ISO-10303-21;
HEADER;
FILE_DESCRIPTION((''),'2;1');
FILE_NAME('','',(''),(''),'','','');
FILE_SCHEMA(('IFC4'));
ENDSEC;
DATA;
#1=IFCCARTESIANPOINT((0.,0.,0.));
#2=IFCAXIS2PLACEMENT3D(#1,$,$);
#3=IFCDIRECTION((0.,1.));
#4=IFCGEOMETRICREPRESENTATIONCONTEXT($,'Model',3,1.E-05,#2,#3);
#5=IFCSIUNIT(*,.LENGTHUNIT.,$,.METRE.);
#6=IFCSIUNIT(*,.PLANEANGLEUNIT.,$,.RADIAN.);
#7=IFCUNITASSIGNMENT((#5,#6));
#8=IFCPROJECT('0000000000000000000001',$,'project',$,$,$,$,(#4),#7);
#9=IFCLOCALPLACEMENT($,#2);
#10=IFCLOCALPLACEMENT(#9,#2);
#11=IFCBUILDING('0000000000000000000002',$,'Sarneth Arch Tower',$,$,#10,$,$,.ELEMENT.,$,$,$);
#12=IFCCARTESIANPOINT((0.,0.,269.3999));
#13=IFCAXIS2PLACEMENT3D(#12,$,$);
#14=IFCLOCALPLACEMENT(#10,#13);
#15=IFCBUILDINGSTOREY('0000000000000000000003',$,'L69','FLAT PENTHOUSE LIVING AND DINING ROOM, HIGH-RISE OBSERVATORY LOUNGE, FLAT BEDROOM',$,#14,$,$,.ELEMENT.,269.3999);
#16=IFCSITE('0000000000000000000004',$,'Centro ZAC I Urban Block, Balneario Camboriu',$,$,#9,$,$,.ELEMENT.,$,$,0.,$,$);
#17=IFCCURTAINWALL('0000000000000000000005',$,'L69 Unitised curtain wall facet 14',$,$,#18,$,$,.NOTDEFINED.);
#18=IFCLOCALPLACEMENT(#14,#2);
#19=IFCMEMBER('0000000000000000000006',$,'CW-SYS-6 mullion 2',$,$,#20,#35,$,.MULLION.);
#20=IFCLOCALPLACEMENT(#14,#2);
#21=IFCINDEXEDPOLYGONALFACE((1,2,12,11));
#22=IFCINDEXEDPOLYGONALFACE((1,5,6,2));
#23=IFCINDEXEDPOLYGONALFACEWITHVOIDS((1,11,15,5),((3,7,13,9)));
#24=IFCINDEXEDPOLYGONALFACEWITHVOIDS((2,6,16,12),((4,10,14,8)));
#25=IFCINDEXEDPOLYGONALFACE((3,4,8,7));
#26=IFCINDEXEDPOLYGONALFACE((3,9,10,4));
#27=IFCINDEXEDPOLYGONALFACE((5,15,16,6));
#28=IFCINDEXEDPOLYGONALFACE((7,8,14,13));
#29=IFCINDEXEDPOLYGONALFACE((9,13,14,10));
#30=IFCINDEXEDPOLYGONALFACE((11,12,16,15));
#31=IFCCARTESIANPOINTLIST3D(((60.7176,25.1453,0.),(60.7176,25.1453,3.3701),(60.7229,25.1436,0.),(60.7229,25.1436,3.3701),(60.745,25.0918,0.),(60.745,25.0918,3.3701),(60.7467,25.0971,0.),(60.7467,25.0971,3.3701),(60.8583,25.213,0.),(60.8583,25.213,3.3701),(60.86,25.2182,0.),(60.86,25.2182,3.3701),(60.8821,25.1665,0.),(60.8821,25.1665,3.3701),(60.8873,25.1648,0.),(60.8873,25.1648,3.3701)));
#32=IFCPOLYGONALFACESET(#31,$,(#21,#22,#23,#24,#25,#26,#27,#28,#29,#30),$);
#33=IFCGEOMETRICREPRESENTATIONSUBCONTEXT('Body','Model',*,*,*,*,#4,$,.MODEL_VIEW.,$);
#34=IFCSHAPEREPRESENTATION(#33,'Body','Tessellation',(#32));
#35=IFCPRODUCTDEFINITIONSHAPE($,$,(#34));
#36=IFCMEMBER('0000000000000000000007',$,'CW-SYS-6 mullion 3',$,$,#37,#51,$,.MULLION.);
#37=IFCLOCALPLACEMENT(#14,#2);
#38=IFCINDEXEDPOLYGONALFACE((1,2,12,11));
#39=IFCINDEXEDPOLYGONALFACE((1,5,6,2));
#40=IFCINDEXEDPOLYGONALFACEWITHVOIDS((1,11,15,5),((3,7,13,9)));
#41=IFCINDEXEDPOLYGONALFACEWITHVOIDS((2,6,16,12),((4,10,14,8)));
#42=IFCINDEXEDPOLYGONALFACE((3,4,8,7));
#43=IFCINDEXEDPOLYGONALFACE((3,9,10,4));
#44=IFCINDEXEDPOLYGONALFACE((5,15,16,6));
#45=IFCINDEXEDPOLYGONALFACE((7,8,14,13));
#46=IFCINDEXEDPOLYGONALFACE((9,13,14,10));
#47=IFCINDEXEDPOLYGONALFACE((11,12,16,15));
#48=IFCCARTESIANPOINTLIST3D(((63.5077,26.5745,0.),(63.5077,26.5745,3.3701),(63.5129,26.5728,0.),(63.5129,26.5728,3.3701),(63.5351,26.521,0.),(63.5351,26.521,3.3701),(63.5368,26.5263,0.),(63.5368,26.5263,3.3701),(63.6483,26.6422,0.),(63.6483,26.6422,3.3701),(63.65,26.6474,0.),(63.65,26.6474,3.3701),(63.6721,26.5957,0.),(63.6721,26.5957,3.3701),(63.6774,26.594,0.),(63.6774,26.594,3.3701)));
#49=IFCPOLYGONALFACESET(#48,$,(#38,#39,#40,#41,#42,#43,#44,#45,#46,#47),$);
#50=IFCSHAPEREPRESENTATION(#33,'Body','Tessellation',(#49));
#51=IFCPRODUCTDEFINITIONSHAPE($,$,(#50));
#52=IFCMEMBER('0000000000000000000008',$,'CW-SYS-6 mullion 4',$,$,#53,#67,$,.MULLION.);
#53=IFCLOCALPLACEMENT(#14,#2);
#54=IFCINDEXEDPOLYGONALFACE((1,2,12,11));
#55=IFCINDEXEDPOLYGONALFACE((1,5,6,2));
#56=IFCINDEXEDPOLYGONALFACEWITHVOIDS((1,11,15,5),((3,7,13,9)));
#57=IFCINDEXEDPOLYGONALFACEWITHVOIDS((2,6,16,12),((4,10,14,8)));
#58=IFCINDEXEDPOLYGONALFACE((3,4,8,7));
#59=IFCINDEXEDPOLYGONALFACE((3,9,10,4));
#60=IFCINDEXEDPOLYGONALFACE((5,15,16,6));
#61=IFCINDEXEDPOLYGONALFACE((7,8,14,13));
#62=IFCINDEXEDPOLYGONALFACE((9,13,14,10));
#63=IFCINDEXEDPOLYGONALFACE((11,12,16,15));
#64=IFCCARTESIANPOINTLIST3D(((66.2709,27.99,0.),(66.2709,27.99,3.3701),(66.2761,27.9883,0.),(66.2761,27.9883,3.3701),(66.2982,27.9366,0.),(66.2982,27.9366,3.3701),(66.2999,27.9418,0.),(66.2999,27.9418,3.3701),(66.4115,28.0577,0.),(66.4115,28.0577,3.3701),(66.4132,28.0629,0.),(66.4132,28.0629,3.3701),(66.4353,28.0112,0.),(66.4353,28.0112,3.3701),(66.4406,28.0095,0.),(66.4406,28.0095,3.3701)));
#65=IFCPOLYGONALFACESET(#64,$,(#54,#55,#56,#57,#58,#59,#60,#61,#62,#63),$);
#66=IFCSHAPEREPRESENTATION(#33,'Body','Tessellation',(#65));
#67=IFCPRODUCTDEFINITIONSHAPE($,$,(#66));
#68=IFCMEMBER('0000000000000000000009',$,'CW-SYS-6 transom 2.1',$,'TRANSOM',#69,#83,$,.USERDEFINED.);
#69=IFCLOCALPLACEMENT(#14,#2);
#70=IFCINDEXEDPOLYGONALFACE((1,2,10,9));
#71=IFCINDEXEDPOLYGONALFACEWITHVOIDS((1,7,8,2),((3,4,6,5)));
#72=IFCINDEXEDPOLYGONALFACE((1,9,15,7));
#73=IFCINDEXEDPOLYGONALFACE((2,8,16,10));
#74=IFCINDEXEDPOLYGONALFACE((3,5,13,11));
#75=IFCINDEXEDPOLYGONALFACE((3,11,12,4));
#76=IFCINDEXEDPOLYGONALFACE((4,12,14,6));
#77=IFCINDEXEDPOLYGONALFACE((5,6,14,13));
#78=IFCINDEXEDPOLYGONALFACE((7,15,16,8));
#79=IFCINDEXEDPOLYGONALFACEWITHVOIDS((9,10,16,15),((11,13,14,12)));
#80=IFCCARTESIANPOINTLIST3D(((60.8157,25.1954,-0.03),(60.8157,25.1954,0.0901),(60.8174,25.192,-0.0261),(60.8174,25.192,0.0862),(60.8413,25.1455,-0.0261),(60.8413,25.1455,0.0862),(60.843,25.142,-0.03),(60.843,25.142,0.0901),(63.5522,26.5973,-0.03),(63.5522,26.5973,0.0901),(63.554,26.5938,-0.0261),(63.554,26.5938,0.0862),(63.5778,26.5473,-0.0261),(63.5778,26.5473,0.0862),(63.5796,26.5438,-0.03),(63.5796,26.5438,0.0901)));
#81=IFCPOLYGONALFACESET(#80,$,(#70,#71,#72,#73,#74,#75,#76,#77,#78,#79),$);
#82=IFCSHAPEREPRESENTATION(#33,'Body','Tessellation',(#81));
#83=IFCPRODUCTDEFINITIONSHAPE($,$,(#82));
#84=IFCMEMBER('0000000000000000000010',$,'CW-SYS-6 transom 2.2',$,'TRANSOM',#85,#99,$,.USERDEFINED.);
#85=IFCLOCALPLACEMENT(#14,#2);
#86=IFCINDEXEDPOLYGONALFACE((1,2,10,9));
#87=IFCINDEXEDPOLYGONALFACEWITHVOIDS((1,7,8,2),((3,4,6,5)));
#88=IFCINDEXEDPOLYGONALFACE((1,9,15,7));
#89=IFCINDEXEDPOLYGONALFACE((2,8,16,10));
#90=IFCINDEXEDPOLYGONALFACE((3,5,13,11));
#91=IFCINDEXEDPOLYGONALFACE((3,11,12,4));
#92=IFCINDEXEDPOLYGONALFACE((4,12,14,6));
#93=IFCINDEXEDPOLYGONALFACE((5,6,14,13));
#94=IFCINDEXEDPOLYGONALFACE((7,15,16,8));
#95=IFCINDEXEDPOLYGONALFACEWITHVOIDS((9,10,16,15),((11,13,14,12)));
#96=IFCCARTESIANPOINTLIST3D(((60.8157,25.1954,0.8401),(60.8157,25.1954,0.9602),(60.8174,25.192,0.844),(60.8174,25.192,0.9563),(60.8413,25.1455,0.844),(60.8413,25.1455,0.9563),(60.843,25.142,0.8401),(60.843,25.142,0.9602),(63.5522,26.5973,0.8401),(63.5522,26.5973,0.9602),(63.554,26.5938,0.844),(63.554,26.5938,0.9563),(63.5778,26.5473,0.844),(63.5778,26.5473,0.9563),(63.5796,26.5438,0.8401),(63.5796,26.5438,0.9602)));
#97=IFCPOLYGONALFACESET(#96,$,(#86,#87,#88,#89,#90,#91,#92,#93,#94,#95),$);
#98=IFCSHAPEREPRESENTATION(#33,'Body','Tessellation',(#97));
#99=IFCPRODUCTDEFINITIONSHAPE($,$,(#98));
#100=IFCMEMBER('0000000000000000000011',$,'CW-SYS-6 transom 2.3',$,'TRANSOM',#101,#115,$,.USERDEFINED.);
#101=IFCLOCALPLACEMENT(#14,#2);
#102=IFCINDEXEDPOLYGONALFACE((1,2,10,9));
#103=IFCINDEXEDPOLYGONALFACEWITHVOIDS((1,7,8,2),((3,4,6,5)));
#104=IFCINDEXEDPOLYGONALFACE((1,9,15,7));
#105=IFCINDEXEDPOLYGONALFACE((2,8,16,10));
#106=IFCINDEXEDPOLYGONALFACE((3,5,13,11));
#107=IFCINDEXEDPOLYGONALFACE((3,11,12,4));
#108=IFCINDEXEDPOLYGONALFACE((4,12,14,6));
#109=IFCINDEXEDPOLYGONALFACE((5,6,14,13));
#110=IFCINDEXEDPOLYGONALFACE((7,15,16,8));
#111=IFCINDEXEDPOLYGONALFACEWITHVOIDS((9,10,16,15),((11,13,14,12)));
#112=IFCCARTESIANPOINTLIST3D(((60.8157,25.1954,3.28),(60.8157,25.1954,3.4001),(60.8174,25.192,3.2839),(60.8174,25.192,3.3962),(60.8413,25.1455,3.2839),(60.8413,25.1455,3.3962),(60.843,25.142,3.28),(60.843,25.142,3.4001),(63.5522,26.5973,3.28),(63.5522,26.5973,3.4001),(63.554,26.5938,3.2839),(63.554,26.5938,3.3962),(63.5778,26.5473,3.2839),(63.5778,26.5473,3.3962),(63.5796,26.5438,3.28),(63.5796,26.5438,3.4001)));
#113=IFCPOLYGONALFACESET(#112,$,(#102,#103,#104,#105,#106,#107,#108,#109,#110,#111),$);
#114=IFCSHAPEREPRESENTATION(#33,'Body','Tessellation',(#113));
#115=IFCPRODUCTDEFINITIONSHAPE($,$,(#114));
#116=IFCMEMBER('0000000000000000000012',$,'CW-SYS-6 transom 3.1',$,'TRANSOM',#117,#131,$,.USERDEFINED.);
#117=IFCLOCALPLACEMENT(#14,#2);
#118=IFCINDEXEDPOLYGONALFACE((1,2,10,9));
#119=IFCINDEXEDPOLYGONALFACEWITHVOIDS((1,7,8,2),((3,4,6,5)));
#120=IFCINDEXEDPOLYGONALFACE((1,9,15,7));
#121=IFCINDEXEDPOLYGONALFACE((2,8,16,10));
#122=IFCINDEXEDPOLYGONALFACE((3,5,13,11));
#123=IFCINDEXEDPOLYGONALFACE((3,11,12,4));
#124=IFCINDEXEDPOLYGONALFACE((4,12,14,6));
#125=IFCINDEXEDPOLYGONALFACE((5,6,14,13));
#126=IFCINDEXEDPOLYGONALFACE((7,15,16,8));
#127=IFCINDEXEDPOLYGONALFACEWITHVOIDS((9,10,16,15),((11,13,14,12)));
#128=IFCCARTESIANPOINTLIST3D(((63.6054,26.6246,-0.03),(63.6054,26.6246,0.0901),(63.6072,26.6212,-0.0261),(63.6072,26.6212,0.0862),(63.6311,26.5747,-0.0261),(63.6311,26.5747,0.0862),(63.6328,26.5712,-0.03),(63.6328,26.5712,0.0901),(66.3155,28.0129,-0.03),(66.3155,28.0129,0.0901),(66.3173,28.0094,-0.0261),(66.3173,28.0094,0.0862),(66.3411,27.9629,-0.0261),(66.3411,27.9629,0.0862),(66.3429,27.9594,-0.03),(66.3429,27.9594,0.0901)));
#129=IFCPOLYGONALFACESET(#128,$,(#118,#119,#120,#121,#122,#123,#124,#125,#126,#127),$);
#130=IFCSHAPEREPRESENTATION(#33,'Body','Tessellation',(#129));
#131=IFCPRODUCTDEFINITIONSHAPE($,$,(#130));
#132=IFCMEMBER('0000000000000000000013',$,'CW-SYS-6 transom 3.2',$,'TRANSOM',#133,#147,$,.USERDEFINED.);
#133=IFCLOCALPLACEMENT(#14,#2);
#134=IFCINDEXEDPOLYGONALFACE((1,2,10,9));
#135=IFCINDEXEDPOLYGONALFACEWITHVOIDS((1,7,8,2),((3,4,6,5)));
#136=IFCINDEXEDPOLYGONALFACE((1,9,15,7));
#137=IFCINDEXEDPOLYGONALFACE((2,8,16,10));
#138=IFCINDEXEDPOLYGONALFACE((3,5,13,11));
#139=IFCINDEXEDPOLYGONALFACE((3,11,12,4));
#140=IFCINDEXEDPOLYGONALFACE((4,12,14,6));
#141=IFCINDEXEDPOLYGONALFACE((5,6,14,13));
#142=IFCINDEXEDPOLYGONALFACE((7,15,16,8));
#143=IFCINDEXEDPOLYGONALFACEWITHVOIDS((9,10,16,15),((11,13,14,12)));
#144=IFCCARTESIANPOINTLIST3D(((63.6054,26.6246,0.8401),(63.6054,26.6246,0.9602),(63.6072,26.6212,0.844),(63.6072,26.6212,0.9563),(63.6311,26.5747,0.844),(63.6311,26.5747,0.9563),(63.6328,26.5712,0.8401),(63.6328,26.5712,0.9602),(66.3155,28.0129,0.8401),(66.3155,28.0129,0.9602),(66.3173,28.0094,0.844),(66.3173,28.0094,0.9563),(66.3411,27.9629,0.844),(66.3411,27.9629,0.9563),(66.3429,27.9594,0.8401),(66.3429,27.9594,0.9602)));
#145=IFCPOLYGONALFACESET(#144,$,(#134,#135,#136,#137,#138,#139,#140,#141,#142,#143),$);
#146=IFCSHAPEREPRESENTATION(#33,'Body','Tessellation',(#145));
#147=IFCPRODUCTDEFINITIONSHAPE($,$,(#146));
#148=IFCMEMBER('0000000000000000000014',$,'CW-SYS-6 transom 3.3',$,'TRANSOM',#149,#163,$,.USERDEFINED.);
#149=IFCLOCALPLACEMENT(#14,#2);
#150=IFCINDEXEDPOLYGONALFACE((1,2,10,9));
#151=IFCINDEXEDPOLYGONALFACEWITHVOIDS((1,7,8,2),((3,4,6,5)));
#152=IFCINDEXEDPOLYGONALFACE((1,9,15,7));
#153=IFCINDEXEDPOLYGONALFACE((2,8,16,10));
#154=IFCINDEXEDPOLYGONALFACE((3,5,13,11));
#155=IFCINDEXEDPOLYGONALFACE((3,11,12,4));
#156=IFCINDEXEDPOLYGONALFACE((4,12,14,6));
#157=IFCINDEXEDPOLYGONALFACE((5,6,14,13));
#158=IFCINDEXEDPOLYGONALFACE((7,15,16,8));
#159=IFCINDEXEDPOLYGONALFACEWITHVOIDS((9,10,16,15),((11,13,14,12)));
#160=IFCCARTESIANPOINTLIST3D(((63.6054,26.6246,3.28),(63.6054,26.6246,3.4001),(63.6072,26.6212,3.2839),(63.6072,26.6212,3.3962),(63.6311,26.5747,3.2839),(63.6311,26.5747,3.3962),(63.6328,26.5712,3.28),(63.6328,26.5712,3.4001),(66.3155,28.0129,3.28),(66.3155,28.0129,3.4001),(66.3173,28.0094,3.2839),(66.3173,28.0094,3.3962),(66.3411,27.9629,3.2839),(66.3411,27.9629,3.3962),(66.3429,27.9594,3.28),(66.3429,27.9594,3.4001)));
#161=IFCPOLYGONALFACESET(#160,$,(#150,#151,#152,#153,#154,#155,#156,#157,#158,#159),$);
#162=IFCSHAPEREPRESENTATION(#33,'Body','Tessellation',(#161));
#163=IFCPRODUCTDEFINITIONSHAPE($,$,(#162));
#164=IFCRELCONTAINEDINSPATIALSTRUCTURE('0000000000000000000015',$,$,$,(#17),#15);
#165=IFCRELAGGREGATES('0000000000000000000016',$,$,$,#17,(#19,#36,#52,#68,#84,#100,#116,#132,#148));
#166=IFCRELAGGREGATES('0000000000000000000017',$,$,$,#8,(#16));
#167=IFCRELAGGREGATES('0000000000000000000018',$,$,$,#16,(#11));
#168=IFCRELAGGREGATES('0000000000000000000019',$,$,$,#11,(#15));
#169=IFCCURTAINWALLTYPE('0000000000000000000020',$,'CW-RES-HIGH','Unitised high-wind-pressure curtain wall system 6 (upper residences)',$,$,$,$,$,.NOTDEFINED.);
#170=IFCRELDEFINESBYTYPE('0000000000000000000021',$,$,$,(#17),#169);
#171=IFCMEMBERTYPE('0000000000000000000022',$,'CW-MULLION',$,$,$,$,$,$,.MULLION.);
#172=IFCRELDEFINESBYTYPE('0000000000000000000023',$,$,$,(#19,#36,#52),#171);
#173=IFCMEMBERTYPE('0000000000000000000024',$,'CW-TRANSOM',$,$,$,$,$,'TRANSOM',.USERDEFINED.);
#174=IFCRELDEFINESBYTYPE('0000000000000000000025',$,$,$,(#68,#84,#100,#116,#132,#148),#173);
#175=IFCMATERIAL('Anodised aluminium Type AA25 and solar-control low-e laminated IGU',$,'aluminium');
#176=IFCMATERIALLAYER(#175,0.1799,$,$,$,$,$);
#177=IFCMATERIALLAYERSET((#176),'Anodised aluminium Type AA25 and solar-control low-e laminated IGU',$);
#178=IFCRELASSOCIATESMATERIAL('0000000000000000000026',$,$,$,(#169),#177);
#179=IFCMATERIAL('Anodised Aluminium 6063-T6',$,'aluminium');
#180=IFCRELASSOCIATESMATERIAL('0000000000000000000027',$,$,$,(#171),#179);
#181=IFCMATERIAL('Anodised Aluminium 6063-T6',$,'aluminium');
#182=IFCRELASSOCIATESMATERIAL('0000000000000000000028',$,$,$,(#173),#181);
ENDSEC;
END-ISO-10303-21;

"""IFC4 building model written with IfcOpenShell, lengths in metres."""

from ifc_helpers import new_model, si_unit, direction, frame, origin, origin_2d, place, context, subcontext, project, spatial, hollow_rectangle, extrude, material, layer, layer_set, material_profile, profile_set, type_object, element, aggregate, save


model = new_model("IFC4")

# Units and contexts
model_context = context("Model", 3, precision=1e-05, world=origin(), true_north=direction((0.0, 1.0)))
body_context = subcontext(model_context, "Body", "Model", "MODEL_VIEW")
ifc_project = project(units=[si_unit("LENGTHUNIT", "METRE"), si_unit("PLANEANGLEUNIT", "RADIAN")], contexts=[model_context])

# Site, building, storey
site_placement = place(None, origin())
site = spatial("IfcSite", under=ifc_project, at=site_placement, Name="Centro ZAC I Urban Block, Balneario Camboriu", CompositionType="ELEMENT", RefElevation=0.0)
building_placement = place(site_placement, origin())
building = spatial("IfcBuilding", under=site, at=building_placement, Name="Sarneth Arch Tower", CompositionType="ELEMENT")
storey_placement = place(building_placement, frame((0.0, 0.0, 269.3999)))
storey = spatial("IfcBuildingStorey", under=building, at=storey_placement, Name="L69", Description="FLAT PENTHOUSE LIVING AND DINING ROOM, HIGH-RISE OBSERVATORY LOUNGE, FLAT BEDROOM", CompositionType="ELEMENT", Elevation=269.3999)

# Curtain wall, members
ifc_material_1 = material(Name="Anodised aluminium Type AA25 and solar-control low-e laminated IGU", Category="aluminium")
ifc_layer_1 = layer(ifc_material_1, 0.1799)
ifc_layer_set_1 = layer_set([ifc_layer_1], Name="Anodised aluminium Type AA25 and solar-control low-e laminated IGU")
curtain_wall_type = type_object("IfcCurtainWallType", Name="CW-RES-HIGH", Description="Unitised high-wind-pressure curtain wall system 6 (upper residences)", PredefinedType="NOTDEFINED", material=ifc_layer_set_1)
curtain_wall_placement = place(storey_placement, origin())
curtain_wall = element("IfcCurtainWall", 1, at=curtain_wall_placement, inside=storey, type_object=curtain_wall_type, Name="L69 Unitised curtain wall facet 14", PredefinedType="NOTDEFINED")
ifc_material_2 = material(Name="Anodised Aluminium 6063-T6", Category="aluminium")
ifc_material_profile_1 = material_profile(ifc_material_2, hollow_rectangle(XDim=0.0601, YDim=0.1599, WallThickness=0.0039, at=origin_2d()), Name="AL-MULL-160x60x4")
ifc_profile_set_1 = profile_set([ifc_material_profile_1], Name="Anodised Aluminium 6063-T6")
member_type_1 = type_object("IfcMemberType", Name="CW-MULLION", PredefinedType="MULLION", material=ifc_profile_set_1)
member_1_placement = place(storey_placement, frame((60.8025, 25.155, 0.0), z_axis=(0.0, 0.0, 1.0), x_axis=(-0.455942, 0.89001, 0.0)))
member_1 = element("IfcMember", 2, at=member_1_placement, type_object=member_type_1, Name="CW-SYS-6 mullion 2", PredefinedType="MULLION", context=body_context, shape_type="SweptSolid", body=[
    extrude(hollow_rectangle(XDim=0.0601, YDim=0.1599, WallThickness=0.0039, at=origin_2d()), origin(), (0.0, 0.0, 1.0), 3.3701),
])
member_2_placement = place(storey_placement, frame((63.5925, 26.5842, 0.0), z_axis=(0.0, 0.0, 1.0), x_axis=(-0.455942, 0.89001, 0.0)))
member_2 = element("IfcMember", 3, at=member_2_placement, type_object=member_type_1, Name="CW-SYS-6 mullion 3", PredefinedType="MULLION", context=body_context, shape_type="SweptSolid", body=[
    extrude(hollow_rectangle(XDim=0.0601, YDim=0.1599, WallThickness=0.0039, at=origin_2d()), origin(), (0.0, 0.0, 1.0), 3.3701),
])
member_3_placement = place(storey_placement, frame((66.3557, 27.9998, 0.0), z_axis=(0.0, 0.0, 1.0), x_axis=(-0.455942, 0.89001, 0.0)))
member_3 = element("IfcMember", 4, at=member_3_placement, type_object=member_type_1, Name="CW-SYS-6 mullion 4", PredefinedType="MULLION", context=body_context, shape_type="SweptSolid", body=[
    extrude(hollow_rectangle(XDim=0.0601, YDim=0.1599, WallThickness=0.0039, at=origin_2d()), origin(), (0.0, 0.0, 1.0), 3.3701),
])
ifc_material_3 = material(Name="Anodised Aluminium 6063-T6", Category="aluminium")
ifc_material_profile_2 = material_profile(ifc_material_3, hollow_rectangle(XDim=0.0601, YDim=0.1201, WallThickness=0.0039, at=origin_2d()), Name="AL-TRAN-120x60x4")
ifc_profile_set_2 = profile_set([ifc_material_profile_2], Name="Anodised Aluminium 6063-T6")
member_type_2 = type_object("IfcMemberType", Name="CW-TRANSOM", ElementType="TRANSOM", PredefinedType="USERDEFINED", material=ifc_profile_set_2)
member_4_placement = place(storey_placement, frame((60.8293, 25.1687, 0.03), z_axis=(0.890017, 0.455926, 0.0), x_axis=(-0.455926, 0.890017, 0.0)))
member_4 = element("IfcMember", 5, at=member_4_placement, type_object=member_type_2, Name="CW-SYS-6 transom 2.1", ObjectType="TRANSOM", PredefinedType="USERDEFINED", context=body_context, shape_type="SweptSolid", body=[
    extrude(hollow_rectangle(XDim=0.0601, YDim=0.1201, WallThickness=0.0039, at=origin_2d()), origin(), (0.0, 0.0, 1.0), 3.0747),
])
member_5_placement = place(storey_placement, frame((60.8293, 25.1687, 0.9001), z_axis=(0.890017, 0.455926, 0.0), x_axis=(-0.455926, 0.890017, 0.0)))
member_5 = element("IfcMember", 6, at=member_5_placement, type_object=member_type_2, Name="CW-SYS-6 transom 2.2", ObjectType="TRANSOM", PredefinedType="USERDEFINED", context=body_context, shape_type="SweptSolid", body=[
    extrude(hollow_rectangle(XDim=0.0601, YDim=0.1201, WallThickness=0.0039, at=origin_2d()), origin(), (0.0, 0.0, 1.0), 3.0747),
])
member_6_placement = place(storey_placement, frame((60.8293, 25.1687, 3.3401), z_axis=(0.890017, 0.455926, 0.0), x_axis=(-0.455926, 0.890017, 0.0)))
member_6 = element("IfcMember", 7, at=member_6_placement, type_object=member_type_2, Name="CW-SYS-6 transom 2.3", ObjectType="TRANSOM", PredefinedType="USERDEFINED", context=body_context, shape_type="SweptSolid", body=[
    extrude(hollow_rectangle(XDim=0.0601, YDim=0.1201, WallThickness=0.0039, at=origin_2d()), origin(), (0.0, 0.0, 1.0), 3.0747),
])
member_7_placement = place(storey_placement, frame((63.6191, 26.5979, 0.03), z_axis=(0.890023, 0.455916, 0.0), x_axis=(-0.455916, 0.890023, 0.0)))
member_7 = element("IfcMember", 8, at=member_7_placement, type_object=member_type_2, Name="CW-SYS-6 transom 3.1", ObjectType="TRANSOM", PredefinedType="USERDEFINED", context=body_context, shape_type="SweptSolid", body=[
    extrude(hollow_rectangle(XDim=0.0601, YDim=0.1201, WallThickness=0.0039, at=origin_2d()), origin(), (0.0, 0.0, 1.0), 3.0449),
])
member_8_placement = place(storey_placement, frame((63.6191, 26.5979, 0.9001), z_axis=(0.890023, 0.455916, 0.0), x_axis=(-0.455916, 0.890023, 0.0)))
member_8 = element("IfcMember", 9, at=member_8_placement, type_object=member_type_2, Name="CW-SYS-6 transom 3.2", ObjectType="TRANSOM", PredefinedType="USERDEFINED", context=body_context, shape_type="SweptSolid", body=[
    extrude(hollow_rectangle(XDim=0.0601, YDim=0.1201, WallThickness=0.0039, at=origin_2d()), origin(), (0.0, 0.0, 1.0), 3.0449),
])
member_9_placement = place(storey_placement, frame((63.6191, 26.5979, 3.3401), z_axis=(0.890023, 0.455916, 0.0), x_axis=(-0.455916, 0.890023, 0.0)))
member_9 = element("IfcMember", 10, at=member_9_placement, type_object=member_type_2, Name="CW-SYS-6 transom 3.3", ObjectType="TRANSOM", PredefinedType="USERDEFINED", context=body_context, shape_type="SweptSolid", body=[
    extrude(hollow_rectangle(XDim=0.0601, YDim=0.1201, WallThickness=0.0039, at=origin_2d()), origin(), (0.0, 0.0, 1.0), 3.0449),
])

aggregate(curtain_wall, [member_1, member_2, member_3, member_4, member_5, member_6, member_7, member_8, member_9])

save(model, "model.ifc")
